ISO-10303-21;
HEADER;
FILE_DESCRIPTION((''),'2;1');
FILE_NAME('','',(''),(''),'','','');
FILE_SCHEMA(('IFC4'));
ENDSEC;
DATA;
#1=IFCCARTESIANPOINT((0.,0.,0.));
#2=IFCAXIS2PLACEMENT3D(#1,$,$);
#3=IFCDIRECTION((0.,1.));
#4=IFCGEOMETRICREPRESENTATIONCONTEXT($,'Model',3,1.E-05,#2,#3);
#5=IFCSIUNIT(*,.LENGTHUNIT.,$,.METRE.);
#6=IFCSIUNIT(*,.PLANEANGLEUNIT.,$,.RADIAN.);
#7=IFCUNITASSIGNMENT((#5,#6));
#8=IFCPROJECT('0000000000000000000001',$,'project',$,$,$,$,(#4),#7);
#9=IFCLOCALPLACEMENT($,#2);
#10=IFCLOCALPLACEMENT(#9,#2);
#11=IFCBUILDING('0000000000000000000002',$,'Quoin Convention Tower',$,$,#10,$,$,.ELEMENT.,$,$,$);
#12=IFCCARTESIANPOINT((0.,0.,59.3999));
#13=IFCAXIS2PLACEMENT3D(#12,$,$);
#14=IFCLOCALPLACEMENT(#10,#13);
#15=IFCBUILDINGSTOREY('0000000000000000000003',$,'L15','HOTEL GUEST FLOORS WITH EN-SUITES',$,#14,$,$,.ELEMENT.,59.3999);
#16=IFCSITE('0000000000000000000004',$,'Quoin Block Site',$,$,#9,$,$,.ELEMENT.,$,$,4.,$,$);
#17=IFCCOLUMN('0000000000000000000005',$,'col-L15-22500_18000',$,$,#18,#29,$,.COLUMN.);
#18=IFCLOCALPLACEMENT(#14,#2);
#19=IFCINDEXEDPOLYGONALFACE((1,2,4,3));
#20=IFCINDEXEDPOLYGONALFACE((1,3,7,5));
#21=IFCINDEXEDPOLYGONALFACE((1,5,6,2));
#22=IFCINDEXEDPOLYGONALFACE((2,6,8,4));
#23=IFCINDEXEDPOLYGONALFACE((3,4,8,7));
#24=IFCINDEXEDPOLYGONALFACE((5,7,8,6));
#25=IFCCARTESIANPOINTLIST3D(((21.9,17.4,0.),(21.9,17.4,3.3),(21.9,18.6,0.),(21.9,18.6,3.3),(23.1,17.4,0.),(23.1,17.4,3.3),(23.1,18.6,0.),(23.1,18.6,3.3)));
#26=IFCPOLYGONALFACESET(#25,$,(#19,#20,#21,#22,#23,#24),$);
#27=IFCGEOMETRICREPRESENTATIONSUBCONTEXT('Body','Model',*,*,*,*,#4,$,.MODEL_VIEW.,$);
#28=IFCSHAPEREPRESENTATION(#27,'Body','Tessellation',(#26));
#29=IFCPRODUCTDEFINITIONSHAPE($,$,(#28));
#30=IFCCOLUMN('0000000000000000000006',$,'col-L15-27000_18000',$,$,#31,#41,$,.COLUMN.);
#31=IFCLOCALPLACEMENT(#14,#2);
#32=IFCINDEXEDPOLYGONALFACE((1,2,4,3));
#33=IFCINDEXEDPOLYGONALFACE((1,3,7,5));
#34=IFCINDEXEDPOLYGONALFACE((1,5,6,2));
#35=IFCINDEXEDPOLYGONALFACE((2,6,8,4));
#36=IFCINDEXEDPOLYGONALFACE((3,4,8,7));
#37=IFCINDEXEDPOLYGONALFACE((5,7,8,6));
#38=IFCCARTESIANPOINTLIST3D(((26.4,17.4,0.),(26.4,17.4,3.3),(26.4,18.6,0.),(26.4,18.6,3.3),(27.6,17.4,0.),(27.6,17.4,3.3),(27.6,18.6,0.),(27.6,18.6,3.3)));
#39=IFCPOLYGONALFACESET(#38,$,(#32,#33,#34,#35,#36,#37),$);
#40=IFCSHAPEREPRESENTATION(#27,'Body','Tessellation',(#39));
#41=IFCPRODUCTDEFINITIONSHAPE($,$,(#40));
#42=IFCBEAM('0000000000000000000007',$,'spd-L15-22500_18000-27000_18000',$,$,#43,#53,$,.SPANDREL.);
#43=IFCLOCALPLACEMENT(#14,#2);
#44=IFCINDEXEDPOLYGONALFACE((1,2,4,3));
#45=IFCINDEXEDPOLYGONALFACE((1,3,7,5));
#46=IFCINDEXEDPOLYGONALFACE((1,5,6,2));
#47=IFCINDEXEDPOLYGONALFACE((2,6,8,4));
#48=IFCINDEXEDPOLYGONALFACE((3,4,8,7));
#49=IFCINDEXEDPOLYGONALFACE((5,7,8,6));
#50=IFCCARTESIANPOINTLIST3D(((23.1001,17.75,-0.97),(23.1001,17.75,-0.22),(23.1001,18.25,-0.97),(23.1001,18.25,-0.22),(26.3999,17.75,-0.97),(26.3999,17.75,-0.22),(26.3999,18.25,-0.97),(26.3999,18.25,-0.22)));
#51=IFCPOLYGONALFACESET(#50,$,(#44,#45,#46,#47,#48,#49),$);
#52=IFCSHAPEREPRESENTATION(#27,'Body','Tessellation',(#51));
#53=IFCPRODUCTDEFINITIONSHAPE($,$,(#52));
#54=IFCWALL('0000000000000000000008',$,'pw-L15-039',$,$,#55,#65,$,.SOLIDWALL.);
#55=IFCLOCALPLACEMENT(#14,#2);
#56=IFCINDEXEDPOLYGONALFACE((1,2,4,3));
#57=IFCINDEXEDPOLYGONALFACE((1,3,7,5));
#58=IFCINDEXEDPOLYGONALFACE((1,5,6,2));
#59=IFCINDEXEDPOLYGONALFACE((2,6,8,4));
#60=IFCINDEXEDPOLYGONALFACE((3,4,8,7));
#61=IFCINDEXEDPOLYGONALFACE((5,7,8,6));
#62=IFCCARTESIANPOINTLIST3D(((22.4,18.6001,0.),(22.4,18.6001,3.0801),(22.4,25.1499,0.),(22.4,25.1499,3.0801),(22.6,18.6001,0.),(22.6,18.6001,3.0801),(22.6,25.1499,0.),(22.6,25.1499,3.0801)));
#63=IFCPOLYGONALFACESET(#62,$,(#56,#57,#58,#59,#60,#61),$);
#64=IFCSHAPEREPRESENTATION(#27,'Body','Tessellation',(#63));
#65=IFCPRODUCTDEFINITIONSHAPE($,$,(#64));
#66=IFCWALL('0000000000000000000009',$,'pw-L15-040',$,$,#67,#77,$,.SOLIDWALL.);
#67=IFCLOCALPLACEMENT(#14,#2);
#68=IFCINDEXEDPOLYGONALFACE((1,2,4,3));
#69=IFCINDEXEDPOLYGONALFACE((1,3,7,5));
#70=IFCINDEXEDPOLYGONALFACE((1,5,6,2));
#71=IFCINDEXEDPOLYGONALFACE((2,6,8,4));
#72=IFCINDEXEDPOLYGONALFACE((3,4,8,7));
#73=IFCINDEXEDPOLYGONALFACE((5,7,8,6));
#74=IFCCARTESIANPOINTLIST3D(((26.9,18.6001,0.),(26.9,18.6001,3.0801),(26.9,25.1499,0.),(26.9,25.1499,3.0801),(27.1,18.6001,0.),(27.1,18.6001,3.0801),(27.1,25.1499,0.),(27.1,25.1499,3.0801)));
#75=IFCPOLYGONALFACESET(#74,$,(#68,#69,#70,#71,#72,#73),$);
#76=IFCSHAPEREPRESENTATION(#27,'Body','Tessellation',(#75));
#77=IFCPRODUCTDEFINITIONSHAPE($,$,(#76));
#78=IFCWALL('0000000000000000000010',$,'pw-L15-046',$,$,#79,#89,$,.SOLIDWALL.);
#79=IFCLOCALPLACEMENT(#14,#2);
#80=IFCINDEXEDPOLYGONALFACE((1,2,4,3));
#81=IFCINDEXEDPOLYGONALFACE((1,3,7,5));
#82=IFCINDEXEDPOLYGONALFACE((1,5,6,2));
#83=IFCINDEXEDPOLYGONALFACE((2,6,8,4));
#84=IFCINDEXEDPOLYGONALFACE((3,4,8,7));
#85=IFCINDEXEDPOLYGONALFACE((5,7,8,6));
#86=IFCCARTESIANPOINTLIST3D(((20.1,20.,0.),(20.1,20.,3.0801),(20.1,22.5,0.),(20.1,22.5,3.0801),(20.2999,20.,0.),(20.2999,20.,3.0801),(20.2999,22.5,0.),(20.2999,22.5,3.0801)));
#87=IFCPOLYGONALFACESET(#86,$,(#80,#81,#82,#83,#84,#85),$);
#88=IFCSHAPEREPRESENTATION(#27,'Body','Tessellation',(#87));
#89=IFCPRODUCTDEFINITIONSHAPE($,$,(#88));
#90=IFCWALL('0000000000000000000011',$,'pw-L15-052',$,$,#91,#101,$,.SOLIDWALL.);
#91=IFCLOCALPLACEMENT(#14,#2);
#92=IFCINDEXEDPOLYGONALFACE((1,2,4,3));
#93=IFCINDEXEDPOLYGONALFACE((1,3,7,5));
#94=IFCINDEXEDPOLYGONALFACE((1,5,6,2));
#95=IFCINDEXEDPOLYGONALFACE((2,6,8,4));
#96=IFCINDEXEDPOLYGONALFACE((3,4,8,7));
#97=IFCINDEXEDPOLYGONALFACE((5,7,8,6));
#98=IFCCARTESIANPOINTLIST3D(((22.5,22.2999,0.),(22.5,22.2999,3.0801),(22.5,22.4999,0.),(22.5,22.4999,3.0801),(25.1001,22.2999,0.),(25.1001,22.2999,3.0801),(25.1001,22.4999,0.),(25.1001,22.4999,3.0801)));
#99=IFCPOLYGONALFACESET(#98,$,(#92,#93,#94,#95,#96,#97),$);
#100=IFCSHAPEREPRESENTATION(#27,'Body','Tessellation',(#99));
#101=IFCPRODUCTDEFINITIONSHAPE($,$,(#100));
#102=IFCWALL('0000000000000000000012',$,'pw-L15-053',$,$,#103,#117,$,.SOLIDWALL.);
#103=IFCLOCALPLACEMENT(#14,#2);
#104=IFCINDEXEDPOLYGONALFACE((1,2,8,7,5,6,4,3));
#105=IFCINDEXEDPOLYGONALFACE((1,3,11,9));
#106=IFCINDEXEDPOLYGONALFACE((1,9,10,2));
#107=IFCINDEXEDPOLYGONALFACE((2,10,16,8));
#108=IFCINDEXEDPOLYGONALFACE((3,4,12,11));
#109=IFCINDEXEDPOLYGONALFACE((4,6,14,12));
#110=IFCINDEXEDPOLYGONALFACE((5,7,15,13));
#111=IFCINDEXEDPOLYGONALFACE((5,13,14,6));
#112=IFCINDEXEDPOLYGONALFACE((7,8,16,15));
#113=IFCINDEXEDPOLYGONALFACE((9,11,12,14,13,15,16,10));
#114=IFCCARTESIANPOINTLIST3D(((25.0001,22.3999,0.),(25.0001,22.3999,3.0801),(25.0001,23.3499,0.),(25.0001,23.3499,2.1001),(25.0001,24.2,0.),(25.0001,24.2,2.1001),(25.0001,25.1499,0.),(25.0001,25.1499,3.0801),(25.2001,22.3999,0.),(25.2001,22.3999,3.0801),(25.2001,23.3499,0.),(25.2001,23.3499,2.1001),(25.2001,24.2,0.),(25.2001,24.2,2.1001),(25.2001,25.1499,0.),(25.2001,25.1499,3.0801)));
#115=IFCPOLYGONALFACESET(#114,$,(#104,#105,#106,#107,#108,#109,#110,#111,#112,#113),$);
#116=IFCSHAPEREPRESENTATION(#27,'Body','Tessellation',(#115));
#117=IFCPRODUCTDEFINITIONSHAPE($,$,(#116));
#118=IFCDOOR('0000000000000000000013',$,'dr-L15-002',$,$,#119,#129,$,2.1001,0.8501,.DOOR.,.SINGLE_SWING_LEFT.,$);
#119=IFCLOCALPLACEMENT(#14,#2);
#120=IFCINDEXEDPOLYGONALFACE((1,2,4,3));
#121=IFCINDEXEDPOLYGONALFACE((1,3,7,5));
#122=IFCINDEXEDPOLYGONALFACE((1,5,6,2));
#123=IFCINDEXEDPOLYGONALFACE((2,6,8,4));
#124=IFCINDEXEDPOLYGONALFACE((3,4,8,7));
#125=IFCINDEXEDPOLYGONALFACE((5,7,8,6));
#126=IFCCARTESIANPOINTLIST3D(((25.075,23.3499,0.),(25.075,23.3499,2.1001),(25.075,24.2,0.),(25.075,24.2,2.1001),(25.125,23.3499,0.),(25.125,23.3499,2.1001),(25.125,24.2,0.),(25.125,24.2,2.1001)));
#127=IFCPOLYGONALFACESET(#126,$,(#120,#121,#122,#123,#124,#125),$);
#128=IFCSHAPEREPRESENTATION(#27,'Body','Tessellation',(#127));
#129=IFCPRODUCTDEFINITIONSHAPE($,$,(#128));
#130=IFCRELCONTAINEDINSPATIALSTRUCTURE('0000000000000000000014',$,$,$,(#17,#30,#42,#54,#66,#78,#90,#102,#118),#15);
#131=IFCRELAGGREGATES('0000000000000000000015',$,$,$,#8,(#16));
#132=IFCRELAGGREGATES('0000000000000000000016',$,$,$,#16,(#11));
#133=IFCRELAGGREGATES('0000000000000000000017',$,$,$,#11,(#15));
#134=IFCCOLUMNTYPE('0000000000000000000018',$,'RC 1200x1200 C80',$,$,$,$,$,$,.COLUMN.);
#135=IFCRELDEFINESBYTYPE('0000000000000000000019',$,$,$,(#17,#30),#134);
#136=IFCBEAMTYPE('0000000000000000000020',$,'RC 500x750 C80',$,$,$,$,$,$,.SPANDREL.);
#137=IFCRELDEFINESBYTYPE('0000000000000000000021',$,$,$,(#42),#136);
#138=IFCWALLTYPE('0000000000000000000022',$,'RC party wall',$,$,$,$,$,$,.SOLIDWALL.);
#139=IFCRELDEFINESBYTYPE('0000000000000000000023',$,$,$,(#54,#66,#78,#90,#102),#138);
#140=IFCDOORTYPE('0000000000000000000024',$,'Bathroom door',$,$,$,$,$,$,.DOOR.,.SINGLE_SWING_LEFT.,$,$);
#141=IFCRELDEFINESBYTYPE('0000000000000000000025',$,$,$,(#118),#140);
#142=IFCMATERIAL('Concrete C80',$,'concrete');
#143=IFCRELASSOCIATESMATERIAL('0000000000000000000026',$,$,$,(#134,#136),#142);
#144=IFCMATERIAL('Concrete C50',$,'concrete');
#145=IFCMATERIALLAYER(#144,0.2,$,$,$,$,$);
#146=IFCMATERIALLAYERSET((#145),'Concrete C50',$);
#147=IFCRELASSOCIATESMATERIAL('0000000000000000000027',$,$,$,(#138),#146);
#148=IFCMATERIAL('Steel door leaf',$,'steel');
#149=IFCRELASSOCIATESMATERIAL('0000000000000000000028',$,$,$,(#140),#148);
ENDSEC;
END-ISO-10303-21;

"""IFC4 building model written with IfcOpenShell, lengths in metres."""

from ifc_helpers import new_model, si_unit, direction, frame, frame_2d, origin, origin_2d, place, context, subcontext, project, spatial, rectangle, extrude, material, layer, layer_set, material_profile, profile_set, type_object, element, fill, save


model = new_model("IFC4")

# Units and contexts
model_context = context("Model", 3, precision=1e-05, world=origin(), true_north=direction((0.0, 1.0)))
body_context = subcontext(model_context, "Body", "Model", "MODEL_VIEW")
ifc_project = project(units=[si_unit("LENGTHUNIT", "METRE"), si_unit("PLANEANGLEUNIT", "RADIAN")], contexts=[model_context])

# Site, building, storey
site_placement = place(None, origin())
site = spatial("IfcSite", under=ifc_project, at=site_placement, Name="Quoin Block Site", CompositionType="ELEMENT", RefElevation=4.0)
building_placement = place(site_placement, origin())
building = spatial("IfcBuilding", under=site, at=building_placement, Name="Quoin Convention Tower", CompositionType="ELEMENT")
storey_placement = place(building_placement, frame((0.0, 0.0, 59.3999)))
storey = spatial("IfcBuildingStorey", under=building, at=storey_placement, Name="L15", Description="HOTEL GUEST FLOORS WITH EN-SUITES", CompositionType="ELEMENT", Elevation=59.3999)

# Columns
ifc_material_1 = material(Name="Concrete C80", Category="concrete")
ifc_material_profile_1 = material_profile(ifc_material_1, rectangle(XDim=1.2, YDim=1.2, at=origin_2d()), Name="RC 1200x1200")
ifc_profile_set_1 = profile_set([ifc_material_profile_1], Name="Concrete C80")
column_type = type_object("IfcColumnType", Name="RC 1200x1200 C80", PredefinedType="COLUMN", material=ifc_profile_set_1)
for number, where, z_axis, x_axis, name in (
    (1, (22.5, 18.0, 0.0), (0.0, 0.0, 1.0), (1.0, 0.0, 0.0), "col-L15-22500_18000"),
    (2, (27.0, 18.0, 0.0), (0.0, 0.0, 1.0), (1.0, 0.0, 0.0), "col-L15-27000_18000"),
):
    element("IfcColumn", number, at=place(storey_placement, frame(where, z_axis=z_axis, x_axis=x_axis)), inside=storey, type_object=column_type, Name=name, PredefinedType="COLUMN", context=body_context, shape_type="SweptSolid", body=[
        extrude(rectangle(XDim=1.2, YDim=1.2, at=origin_2d()), origin(), (0.0, 0.0, 1.0), 3.3),
    ])

# Beam
ifc_material_profile_2 = material_profile(ifc_material_1, rectangle(XDim=0.5, YDim=0.75, at=origin_2d()), Name="RC 500x750")
ifc_profile_set_2 = profile_set([ifc_material_profile_2], Name="Concrete C80")
beam_type = type_object("IfcBeamType", Name="RC 500x750 C80", PredefinedType="SPANDREL", material=ifc_profile_set_2)
beam_placement = place(storey_placement, frame((23.1001, 18.0, -0.595), z_axis=(1.0, 0.0, 0.0), x_axis=(0.0, 1.0, 0.0)))
element("IfcBeam", 3, at=beam_placement, inside=storey, type_object=beam_type, Name="spd-L15-22500_18000-27000_18000", PredefinedType="SPANDREL", context=body_context, shape_type="SweptSolid", body=[
    extrude(rectangle(XDim=0.5, YDim=0.75, at=origin_2d()), origin(), (0.0, 0.0, 1.0), 3.2998),
])

# Walls
ifc_material_2 = material(Name="Concrete C50", Category="concrete")
ifc_layer_1 = layer(ifc_material_2, 0.2)
ifc_layer_set_1 = layer_set([ifc_layer_1], Name="Concrete C50")
wall_type_1 = type_object("IfcWallType", Name="RC party wall", PredefinedType="SOLIDWALL", material=ifc_layer_set_1)
for number, where, z_axis, x_axis, name in (
    (4, (22.5, 18.6001, 0.0), (0.0, 0.0, 1.0), (0.0, 1.0, 0.0), "pw-L15-039"),
    (5, (27.0, 18.6001, 0.0), (0.0, 0.0, 1.0), (0.0, 1.0, 0.0), "pw-L15-040"),
):
    element("IfcWall", number, at=place(storey_placement, frame(where, z_axis=z_axis, x_axis=x_axis)), inside=storey, type_object=wall_type_1, Name=name, PredefinedType="SOLIDWALL", context=body_context, shape_type="SweptSolid", body=[
        extrude(rectangle(XDim=6.5498, YDim=0.2, at=frame_2d((3.2749, 0.0))), origin(), (0.0, 0.0, 1.0), 3.0801),
    ])
wall_1_placement = place(storey_placement, frame((20.2, 20.0, 0.0), z_axis=(0.0, 0.0, 1.0), x_axis=(0.0, 1.0, 0.0)))
element("IfcWall", 6, at=wall_1_placement, inside=storey, type_object=wall_type_1, Name="pw-L15-046", PredefinedType="SOLIDWALL", context=body_context, shape_type="SweptSolid", body=[
    extrude(rectangle(XDim=2.5, YDim=0.2, at=frame_2d((1.25, 0.0))), origin(), (0.0, 0.0, 1.0), 3.0801),
])
wall_2_placement = place(storey_placement, frame((22.5, 22.3999, 0.0), z_axis=(0.0, 0.0, 1.0), x_axis=(1.0, 0.0, 0.0)))
element("IfcWall", 7, at=wall_2_placement, inside=storey, type_object=wall_type_1, Name="pw-L15-052", PredefinedType="SOLIDWALL", context=body_context, shape_type="SweptSolid", body=[
    extrude(rectangle(XDim=2.6001, YDim=0.2, at=frame_2d((1.3, 0.0))), origin(), (0.0, 0.0, 1.0), 3.0801),
])

# Wall, opening, door
wall_3_placement = place(storey_placement, frame((25.1001, 22.3999, 0.0), z_axis=(0.0, 0.0, 1.0), x_axis=(0.0, 1.0, 0.0)))
wall_3 = element("IfcWall", 8, at=wall_3_placement, inside=storey, type_object=wall_type_1, Name="pw-L15-053", PredefinedType="SOLIDWALL", context=body_context, shape_type="SweptSolid", body=[
    extrude(rectangle(XDim=2.75, YDim=0.2, at=frame_2d((1.375, 0.0))), origin(), (0.0, 0.0, 1.0), 3.0801),
])
opening_1_placement = place(wall_3_placement, frame((0.95, 0.0, 0.0)))
opening_1 = element("IfcOpeningElement", 9, at=opening_1_placement, cuts=wall_3, PredefinedType="OPENING", context=body_context, shape_type="SweptSolid", body=[
    extrude(rectangle(XDim=0.8501, YDim=2.1001, at=frame_2d((0.425, 1.05))), frame((0.0, 0.1099, 0.0), z_axis=(0.0, -1.0, 0.0), x_axis=(1.0, 0.0, 0.0)), (0.0, 0.0, 1.0), 0.22),
])
ifc_material_3 = material(Name="Steel door leaf", Category="steel")
door_type_1 = type_object("IfcDoorType", Name="Bathroom door", OperationType="SINGLE_SWING_LEFT", PredefinedType="DOOR", material=ifc_material_3)
door_1_placement = place(opening_1_placement, frame((0.8501, 0.0, 0.0), z_axis=(0.0, 0.0, 1.0), x_axis=(-1.0, 0.0, 0.0)))
door_1 = element("IfcDoor", 10, at=door_1_placement, inside=storey, type_object=door_type_1, Name="dr-L15-002", OperationType="SINGLE_SWING_LEFT", OverallHeight=2.1001, OverallWidth=0.8501, PredefinedType="DOOR", context=body_context, shape_type="SweptSolid", body=[
    extrude(rectangle(XDim=0.8501, YDim=2.1001, at=frame_2d((0.425, 1.05))), frame((0.0, 0.0249, 0.0), z_axis=(0.0, -1.0, 0.0), x_axis=(1.0, 0.0, 0.0)), (0.0, 0.0, 1.0), 0.05),
])
fill(opening_1, door_1)

save(model, "model.ifc")
